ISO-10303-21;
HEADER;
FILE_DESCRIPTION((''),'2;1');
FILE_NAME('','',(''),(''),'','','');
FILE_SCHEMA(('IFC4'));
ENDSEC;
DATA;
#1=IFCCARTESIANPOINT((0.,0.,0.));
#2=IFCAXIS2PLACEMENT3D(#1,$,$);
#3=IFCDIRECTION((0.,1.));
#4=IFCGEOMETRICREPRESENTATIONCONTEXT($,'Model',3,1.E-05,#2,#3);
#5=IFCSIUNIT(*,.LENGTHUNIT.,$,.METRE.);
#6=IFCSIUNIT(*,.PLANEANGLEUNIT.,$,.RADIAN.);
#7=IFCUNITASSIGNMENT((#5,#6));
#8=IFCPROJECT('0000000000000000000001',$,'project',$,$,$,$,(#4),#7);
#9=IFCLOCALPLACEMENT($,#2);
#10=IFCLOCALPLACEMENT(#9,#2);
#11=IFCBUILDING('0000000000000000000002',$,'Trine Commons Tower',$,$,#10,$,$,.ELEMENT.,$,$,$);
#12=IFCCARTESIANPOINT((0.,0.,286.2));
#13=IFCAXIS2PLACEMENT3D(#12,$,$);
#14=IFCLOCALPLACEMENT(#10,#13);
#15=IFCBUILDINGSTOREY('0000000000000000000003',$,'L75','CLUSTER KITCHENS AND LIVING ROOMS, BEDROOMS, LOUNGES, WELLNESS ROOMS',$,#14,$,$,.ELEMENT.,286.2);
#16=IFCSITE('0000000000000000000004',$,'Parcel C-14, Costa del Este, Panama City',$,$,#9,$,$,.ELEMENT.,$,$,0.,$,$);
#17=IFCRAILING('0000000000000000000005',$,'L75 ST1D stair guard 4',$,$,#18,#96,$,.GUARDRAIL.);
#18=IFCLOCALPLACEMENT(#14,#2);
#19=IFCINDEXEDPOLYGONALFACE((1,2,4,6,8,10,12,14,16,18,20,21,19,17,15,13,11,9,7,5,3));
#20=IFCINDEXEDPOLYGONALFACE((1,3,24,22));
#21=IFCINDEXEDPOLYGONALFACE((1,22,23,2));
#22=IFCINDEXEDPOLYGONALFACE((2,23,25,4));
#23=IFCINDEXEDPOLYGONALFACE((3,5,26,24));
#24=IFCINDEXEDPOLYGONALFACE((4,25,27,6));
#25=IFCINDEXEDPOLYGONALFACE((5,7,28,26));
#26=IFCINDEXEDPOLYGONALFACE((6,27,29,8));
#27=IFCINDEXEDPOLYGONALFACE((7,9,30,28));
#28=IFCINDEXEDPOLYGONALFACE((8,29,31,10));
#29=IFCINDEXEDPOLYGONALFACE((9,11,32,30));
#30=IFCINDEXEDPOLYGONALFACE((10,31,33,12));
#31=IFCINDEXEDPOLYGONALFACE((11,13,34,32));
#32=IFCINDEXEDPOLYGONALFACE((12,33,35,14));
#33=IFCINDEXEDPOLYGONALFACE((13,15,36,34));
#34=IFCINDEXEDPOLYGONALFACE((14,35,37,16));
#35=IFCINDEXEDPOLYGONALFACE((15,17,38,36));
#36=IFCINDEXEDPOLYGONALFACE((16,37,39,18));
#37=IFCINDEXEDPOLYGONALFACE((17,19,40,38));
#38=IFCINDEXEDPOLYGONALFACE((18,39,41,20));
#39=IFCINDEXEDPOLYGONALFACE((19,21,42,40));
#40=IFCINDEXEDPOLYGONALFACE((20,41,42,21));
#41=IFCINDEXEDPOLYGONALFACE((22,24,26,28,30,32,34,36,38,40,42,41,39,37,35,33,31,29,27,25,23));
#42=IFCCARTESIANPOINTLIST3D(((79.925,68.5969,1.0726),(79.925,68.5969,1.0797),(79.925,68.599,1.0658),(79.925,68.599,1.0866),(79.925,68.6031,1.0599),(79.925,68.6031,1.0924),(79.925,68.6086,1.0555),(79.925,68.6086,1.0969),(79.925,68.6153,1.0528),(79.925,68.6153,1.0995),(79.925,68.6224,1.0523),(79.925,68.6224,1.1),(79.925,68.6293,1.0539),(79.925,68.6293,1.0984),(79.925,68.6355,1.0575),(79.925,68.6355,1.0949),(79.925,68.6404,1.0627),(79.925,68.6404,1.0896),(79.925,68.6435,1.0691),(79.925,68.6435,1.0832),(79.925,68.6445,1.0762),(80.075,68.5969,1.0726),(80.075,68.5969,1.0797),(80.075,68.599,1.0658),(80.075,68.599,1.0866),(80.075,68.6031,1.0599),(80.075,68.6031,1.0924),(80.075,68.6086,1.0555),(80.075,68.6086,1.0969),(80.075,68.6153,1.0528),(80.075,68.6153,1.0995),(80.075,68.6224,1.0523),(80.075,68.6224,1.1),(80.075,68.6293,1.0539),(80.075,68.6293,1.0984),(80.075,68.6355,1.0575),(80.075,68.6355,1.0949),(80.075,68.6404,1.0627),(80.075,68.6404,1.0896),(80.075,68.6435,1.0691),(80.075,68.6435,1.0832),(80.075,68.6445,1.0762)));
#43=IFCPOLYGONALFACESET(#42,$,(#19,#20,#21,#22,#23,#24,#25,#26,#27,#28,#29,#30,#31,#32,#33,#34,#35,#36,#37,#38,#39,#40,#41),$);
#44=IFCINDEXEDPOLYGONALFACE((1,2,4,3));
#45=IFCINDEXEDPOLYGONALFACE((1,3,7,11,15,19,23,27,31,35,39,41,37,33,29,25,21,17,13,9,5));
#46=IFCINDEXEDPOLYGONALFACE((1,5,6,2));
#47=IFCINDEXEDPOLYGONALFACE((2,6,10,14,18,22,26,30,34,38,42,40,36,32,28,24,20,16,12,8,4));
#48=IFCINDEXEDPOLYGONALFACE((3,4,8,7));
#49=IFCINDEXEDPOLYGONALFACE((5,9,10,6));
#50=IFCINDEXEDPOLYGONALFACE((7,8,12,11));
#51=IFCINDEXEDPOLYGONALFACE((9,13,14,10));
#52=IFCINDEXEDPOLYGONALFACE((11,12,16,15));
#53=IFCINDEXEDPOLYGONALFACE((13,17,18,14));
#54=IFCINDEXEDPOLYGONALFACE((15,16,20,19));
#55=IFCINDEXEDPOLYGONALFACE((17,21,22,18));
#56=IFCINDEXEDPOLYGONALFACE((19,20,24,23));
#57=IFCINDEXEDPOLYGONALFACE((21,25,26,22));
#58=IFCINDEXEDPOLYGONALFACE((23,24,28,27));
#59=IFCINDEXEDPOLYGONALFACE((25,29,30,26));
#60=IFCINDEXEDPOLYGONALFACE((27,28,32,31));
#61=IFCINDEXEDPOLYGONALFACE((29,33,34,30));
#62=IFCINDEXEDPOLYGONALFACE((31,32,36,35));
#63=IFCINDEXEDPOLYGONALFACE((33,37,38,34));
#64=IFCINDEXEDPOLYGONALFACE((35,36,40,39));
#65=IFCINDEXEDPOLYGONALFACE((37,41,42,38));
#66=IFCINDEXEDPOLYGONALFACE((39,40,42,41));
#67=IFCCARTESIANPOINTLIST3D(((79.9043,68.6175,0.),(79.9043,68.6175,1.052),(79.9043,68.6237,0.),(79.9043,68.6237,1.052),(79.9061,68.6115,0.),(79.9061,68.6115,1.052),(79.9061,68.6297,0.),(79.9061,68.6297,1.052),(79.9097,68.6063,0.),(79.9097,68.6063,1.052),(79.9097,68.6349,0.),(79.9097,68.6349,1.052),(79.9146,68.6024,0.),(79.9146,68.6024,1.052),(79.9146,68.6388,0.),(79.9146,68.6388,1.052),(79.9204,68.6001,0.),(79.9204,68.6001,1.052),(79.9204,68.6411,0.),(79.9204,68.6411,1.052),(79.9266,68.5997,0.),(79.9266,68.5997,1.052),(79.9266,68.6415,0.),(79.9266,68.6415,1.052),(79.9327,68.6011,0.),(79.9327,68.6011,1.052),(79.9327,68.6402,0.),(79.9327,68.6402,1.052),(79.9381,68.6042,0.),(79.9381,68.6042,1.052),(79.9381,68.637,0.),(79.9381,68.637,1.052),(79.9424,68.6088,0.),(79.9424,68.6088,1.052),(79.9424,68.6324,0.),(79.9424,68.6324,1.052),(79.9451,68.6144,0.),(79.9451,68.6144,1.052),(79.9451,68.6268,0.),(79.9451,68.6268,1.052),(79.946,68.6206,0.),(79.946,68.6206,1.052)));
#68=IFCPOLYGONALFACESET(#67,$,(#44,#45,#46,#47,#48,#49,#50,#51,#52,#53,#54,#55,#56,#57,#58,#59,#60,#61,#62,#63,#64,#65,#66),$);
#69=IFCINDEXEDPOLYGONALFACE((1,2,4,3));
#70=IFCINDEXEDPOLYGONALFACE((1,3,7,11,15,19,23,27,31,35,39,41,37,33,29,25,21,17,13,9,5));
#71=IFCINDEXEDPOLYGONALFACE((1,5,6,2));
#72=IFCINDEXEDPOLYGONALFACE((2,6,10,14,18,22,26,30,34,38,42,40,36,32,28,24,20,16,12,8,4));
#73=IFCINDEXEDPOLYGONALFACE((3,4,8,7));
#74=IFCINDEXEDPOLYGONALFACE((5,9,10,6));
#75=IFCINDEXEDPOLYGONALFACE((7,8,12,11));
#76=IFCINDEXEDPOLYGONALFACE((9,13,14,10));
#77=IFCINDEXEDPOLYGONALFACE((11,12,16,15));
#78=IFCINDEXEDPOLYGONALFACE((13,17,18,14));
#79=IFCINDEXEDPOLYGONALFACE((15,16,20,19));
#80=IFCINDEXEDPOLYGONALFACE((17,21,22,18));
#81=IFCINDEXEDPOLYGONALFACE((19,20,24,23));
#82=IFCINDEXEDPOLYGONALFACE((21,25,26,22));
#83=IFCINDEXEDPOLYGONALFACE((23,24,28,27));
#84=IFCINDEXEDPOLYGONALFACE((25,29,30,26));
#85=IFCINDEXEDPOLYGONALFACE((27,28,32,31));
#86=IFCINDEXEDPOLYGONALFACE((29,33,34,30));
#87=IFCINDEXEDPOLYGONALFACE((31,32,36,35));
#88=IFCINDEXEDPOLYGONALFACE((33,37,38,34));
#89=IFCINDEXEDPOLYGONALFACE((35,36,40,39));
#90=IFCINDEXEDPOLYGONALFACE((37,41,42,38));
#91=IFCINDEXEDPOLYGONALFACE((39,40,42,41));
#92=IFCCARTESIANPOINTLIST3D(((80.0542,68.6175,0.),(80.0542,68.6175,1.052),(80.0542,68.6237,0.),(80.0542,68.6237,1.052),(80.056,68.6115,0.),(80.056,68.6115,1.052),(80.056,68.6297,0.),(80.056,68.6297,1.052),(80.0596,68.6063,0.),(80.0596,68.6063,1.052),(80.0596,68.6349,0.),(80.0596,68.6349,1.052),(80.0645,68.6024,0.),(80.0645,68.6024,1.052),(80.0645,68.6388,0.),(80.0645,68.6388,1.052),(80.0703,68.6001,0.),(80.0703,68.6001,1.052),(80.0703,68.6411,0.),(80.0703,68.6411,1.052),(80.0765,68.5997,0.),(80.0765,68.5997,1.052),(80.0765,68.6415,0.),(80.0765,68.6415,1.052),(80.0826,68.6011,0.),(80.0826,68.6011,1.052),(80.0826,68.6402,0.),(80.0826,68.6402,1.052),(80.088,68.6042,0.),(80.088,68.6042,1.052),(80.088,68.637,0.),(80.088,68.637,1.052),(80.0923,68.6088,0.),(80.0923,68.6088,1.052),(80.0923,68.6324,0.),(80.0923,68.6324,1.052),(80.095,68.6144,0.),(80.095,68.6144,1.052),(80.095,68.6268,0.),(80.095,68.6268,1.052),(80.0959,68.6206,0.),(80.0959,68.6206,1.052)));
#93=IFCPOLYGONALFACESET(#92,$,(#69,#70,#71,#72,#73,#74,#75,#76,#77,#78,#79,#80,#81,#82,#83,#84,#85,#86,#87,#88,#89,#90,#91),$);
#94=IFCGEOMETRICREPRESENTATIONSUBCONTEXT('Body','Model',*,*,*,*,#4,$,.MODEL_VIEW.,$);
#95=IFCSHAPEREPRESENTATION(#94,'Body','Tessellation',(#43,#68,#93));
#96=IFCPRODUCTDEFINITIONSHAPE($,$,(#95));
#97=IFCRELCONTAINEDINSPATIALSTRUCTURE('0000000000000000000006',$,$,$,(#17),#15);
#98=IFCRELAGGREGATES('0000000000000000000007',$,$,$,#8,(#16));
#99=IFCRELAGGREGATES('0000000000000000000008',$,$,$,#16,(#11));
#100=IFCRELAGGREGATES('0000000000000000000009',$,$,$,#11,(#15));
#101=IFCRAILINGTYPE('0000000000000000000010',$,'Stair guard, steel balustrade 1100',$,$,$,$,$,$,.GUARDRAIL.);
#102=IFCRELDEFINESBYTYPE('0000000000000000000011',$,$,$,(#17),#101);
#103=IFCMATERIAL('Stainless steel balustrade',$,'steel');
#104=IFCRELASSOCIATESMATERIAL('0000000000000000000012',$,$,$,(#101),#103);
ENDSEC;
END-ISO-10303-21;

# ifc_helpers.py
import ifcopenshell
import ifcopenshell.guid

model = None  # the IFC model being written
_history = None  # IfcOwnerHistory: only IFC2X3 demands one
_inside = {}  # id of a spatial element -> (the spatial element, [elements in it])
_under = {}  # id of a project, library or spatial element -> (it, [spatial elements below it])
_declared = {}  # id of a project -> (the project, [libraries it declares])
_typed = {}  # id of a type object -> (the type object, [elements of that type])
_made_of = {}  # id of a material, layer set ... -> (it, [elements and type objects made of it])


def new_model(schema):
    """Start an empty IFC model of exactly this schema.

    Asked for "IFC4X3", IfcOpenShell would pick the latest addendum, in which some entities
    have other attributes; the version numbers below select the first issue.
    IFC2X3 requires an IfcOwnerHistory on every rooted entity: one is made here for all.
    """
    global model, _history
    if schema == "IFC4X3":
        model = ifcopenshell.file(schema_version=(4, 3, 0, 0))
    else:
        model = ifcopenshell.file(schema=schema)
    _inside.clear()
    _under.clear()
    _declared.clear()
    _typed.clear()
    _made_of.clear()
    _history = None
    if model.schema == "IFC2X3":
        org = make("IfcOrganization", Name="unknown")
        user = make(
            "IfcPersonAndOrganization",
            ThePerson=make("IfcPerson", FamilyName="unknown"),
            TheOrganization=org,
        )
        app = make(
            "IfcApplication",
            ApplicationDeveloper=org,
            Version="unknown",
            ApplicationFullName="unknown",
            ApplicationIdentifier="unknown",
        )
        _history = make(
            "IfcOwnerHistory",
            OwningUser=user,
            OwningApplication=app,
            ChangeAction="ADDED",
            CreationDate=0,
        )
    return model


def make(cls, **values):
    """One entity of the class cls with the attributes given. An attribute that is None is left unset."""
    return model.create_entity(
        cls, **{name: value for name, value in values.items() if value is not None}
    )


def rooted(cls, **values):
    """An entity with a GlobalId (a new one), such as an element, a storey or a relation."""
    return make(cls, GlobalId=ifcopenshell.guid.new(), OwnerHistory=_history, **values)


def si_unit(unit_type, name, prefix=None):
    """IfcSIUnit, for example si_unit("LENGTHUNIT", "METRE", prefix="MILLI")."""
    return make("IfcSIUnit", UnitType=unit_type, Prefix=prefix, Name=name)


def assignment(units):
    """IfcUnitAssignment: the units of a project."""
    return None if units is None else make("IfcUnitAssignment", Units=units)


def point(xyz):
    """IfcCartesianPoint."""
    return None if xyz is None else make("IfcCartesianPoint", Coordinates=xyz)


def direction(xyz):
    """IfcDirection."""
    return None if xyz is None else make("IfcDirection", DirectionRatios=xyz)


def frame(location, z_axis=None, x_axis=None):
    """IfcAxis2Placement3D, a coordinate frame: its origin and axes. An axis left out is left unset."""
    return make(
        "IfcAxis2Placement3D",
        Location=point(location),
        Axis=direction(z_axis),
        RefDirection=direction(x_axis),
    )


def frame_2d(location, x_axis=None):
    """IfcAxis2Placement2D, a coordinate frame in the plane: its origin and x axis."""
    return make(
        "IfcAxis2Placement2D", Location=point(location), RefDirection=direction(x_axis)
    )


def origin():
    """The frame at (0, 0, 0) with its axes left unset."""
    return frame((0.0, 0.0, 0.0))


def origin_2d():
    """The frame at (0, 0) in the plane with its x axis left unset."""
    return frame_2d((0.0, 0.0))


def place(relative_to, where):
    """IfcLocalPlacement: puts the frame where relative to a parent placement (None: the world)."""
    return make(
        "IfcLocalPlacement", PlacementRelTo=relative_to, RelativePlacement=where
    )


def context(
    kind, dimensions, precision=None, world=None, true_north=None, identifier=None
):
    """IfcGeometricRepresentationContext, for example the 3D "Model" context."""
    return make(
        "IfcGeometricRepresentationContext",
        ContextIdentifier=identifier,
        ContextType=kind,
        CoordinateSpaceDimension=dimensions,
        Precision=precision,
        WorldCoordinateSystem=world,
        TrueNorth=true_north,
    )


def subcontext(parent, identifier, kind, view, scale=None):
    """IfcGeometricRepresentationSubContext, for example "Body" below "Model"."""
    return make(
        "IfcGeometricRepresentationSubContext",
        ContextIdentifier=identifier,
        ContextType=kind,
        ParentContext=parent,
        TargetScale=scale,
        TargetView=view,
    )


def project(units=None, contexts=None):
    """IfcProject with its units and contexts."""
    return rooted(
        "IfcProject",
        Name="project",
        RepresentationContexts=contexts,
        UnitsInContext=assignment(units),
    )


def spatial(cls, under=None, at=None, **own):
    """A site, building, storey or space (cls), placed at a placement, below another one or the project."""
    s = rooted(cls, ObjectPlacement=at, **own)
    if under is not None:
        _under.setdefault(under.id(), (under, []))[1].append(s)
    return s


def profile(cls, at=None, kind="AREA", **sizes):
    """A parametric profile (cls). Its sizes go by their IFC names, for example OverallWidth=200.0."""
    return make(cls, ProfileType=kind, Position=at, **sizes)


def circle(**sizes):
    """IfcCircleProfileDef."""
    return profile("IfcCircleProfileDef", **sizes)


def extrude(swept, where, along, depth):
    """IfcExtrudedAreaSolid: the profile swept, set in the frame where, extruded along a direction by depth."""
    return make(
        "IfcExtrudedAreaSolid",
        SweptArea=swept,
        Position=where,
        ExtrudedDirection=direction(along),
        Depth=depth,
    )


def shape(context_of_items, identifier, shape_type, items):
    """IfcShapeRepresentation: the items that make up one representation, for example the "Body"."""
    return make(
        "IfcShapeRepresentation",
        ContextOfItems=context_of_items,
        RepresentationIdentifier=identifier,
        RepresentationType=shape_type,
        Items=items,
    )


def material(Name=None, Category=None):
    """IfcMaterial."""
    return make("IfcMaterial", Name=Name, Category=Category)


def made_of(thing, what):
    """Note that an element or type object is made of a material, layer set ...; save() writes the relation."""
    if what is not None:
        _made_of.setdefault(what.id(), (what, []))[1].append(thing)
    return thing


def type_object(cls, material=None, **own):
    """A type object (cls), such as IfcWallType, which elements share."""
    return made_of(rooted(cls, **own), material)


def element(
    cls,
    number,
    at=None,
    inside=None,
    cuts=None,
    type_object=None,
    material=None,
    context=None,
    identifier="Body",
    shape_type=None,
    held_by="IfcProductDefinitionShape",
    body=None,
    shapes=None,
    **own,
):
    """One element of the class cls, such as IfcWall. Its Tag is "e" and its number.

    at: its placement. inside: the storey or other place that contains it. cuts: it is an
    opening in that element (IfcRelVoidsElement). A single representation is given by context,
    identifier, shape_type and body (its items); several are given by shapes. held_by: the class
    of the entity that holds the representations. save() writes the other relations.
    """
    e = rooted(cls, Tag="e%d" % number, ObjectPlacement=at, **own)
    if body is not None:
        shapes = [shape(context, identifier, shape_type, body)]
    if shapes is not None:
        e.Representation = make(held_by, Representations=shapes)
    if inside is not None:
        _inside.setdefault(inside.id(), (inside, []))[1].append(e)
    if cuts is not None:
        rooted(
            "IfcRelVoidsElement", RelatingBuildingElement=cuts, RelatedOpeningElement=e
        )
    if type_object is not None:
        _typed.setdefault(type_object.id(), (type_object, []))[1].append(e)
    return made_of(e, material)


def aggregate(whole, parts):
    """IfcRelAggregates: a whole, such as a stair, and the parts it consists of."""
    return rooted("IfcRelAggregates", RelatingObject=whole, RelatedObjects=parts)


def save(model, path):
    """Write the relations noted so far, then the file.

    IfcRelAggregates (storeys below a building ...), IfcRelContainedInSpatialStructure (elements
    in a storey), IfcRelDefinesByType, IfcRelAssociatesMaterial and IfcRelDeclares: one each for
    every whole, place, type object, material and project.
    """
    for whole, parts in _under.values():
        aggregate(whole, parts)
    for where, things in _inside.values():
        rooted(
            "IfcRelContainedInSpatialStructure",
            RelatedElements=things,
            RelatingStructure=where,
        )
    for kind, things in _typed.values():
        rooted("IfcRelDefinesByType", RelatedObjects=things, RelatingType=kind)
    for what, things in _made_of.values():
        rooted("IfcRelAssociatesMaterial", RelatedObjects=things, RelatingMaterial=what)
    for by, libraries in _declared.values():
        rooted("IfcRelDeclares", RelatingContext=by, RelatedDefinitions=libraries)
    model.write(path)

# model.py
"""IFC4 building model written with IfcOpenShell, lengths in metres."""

from ifc_helpers import new_model, si_unit, direction, frame, origin, origin_2d, place, context, subcontext, project, spatial, circle, extrude, material, type_object, element, save


model = new_model("IFC4")

# Units and contexts
model_context = context("Model", 3, precision=1e-05, world=origin(), true_north=direction((0.0, 1.0)))
body_context = subcontext(model_context, "Body", "Model", "MODEL_VIEW")
ifc_project = project(units=[si_unit("LENGTHUNIT", "METRE"), si_unit("PLANEANGLEUNIT", "RADIAN")], contexts=[model_context])

# Site, building, storey
site_placement = place(None, origin())
site = spatial("IfcSite", under=ifc_project, at=site_placement, Name="Parcel C-14, Costa del Este, Panama City", CompositionType="ELEMENT", RefElevation=0.0)
building_placement = place(site_placement, origin())
building = spatial("IfcBuilding", under=site, at=building_placement, Name="Trine Commons Tower", CompositionType="ELEMENT")
storey_placement = place(building_placement, frame((0.0, 0.0, 286.2)))
storey = spatial("IfcBuildingStorey", under=building, at=storey_placement, Name="L75", Description="CLUSTER KITCHENS AND LIVING ROOMS, BEDROOMS, LOUNGES, WELLNESS ROOMS", CompositionType="ELEMENT", Elevation=286.2)

# Railing
ifc_material_1 = material(Name="Stainless steel balustrade", Category="steel")
railing_type = type_object("IfcRailingType", Name="Stair guard, steel balustrade 1100", PredefinedType="GUARDRAIL", material=ifc_material_1)
railing_placement = place(storey_placement, frame((79.925, 68.6206, 0.0)))
element("IfcRailing", 1, at=railing_placement, inside=storey, type_object=railing_type, Name="L75 ST1D stair guard 4", PredefinedType="GUARDRAIL", context=body_context, shape_type="SweptSolid", body=[
    extrude(circle(Radius=0.0239, at=origin_2d()), frame((0.0, 0.0, 1.0762), z_axis=(1.0, 0.0, 0.0), x_axis=(0.0, 1.0, 0.0)), (0.0, 0.0, 1.0), 0.1499),
    extrude(circle(Radius=0.021, at=origin_2d()), origin(), (0.0, 0.0, 1.0), 1.052),
    extrude(circle(Radius=0.021, at=origin_2d()), frame((0.1499, 0.0, 0.0)), (0.0, 0.0, 1.0), 1.052),
])

save(model, "model.ifc")
